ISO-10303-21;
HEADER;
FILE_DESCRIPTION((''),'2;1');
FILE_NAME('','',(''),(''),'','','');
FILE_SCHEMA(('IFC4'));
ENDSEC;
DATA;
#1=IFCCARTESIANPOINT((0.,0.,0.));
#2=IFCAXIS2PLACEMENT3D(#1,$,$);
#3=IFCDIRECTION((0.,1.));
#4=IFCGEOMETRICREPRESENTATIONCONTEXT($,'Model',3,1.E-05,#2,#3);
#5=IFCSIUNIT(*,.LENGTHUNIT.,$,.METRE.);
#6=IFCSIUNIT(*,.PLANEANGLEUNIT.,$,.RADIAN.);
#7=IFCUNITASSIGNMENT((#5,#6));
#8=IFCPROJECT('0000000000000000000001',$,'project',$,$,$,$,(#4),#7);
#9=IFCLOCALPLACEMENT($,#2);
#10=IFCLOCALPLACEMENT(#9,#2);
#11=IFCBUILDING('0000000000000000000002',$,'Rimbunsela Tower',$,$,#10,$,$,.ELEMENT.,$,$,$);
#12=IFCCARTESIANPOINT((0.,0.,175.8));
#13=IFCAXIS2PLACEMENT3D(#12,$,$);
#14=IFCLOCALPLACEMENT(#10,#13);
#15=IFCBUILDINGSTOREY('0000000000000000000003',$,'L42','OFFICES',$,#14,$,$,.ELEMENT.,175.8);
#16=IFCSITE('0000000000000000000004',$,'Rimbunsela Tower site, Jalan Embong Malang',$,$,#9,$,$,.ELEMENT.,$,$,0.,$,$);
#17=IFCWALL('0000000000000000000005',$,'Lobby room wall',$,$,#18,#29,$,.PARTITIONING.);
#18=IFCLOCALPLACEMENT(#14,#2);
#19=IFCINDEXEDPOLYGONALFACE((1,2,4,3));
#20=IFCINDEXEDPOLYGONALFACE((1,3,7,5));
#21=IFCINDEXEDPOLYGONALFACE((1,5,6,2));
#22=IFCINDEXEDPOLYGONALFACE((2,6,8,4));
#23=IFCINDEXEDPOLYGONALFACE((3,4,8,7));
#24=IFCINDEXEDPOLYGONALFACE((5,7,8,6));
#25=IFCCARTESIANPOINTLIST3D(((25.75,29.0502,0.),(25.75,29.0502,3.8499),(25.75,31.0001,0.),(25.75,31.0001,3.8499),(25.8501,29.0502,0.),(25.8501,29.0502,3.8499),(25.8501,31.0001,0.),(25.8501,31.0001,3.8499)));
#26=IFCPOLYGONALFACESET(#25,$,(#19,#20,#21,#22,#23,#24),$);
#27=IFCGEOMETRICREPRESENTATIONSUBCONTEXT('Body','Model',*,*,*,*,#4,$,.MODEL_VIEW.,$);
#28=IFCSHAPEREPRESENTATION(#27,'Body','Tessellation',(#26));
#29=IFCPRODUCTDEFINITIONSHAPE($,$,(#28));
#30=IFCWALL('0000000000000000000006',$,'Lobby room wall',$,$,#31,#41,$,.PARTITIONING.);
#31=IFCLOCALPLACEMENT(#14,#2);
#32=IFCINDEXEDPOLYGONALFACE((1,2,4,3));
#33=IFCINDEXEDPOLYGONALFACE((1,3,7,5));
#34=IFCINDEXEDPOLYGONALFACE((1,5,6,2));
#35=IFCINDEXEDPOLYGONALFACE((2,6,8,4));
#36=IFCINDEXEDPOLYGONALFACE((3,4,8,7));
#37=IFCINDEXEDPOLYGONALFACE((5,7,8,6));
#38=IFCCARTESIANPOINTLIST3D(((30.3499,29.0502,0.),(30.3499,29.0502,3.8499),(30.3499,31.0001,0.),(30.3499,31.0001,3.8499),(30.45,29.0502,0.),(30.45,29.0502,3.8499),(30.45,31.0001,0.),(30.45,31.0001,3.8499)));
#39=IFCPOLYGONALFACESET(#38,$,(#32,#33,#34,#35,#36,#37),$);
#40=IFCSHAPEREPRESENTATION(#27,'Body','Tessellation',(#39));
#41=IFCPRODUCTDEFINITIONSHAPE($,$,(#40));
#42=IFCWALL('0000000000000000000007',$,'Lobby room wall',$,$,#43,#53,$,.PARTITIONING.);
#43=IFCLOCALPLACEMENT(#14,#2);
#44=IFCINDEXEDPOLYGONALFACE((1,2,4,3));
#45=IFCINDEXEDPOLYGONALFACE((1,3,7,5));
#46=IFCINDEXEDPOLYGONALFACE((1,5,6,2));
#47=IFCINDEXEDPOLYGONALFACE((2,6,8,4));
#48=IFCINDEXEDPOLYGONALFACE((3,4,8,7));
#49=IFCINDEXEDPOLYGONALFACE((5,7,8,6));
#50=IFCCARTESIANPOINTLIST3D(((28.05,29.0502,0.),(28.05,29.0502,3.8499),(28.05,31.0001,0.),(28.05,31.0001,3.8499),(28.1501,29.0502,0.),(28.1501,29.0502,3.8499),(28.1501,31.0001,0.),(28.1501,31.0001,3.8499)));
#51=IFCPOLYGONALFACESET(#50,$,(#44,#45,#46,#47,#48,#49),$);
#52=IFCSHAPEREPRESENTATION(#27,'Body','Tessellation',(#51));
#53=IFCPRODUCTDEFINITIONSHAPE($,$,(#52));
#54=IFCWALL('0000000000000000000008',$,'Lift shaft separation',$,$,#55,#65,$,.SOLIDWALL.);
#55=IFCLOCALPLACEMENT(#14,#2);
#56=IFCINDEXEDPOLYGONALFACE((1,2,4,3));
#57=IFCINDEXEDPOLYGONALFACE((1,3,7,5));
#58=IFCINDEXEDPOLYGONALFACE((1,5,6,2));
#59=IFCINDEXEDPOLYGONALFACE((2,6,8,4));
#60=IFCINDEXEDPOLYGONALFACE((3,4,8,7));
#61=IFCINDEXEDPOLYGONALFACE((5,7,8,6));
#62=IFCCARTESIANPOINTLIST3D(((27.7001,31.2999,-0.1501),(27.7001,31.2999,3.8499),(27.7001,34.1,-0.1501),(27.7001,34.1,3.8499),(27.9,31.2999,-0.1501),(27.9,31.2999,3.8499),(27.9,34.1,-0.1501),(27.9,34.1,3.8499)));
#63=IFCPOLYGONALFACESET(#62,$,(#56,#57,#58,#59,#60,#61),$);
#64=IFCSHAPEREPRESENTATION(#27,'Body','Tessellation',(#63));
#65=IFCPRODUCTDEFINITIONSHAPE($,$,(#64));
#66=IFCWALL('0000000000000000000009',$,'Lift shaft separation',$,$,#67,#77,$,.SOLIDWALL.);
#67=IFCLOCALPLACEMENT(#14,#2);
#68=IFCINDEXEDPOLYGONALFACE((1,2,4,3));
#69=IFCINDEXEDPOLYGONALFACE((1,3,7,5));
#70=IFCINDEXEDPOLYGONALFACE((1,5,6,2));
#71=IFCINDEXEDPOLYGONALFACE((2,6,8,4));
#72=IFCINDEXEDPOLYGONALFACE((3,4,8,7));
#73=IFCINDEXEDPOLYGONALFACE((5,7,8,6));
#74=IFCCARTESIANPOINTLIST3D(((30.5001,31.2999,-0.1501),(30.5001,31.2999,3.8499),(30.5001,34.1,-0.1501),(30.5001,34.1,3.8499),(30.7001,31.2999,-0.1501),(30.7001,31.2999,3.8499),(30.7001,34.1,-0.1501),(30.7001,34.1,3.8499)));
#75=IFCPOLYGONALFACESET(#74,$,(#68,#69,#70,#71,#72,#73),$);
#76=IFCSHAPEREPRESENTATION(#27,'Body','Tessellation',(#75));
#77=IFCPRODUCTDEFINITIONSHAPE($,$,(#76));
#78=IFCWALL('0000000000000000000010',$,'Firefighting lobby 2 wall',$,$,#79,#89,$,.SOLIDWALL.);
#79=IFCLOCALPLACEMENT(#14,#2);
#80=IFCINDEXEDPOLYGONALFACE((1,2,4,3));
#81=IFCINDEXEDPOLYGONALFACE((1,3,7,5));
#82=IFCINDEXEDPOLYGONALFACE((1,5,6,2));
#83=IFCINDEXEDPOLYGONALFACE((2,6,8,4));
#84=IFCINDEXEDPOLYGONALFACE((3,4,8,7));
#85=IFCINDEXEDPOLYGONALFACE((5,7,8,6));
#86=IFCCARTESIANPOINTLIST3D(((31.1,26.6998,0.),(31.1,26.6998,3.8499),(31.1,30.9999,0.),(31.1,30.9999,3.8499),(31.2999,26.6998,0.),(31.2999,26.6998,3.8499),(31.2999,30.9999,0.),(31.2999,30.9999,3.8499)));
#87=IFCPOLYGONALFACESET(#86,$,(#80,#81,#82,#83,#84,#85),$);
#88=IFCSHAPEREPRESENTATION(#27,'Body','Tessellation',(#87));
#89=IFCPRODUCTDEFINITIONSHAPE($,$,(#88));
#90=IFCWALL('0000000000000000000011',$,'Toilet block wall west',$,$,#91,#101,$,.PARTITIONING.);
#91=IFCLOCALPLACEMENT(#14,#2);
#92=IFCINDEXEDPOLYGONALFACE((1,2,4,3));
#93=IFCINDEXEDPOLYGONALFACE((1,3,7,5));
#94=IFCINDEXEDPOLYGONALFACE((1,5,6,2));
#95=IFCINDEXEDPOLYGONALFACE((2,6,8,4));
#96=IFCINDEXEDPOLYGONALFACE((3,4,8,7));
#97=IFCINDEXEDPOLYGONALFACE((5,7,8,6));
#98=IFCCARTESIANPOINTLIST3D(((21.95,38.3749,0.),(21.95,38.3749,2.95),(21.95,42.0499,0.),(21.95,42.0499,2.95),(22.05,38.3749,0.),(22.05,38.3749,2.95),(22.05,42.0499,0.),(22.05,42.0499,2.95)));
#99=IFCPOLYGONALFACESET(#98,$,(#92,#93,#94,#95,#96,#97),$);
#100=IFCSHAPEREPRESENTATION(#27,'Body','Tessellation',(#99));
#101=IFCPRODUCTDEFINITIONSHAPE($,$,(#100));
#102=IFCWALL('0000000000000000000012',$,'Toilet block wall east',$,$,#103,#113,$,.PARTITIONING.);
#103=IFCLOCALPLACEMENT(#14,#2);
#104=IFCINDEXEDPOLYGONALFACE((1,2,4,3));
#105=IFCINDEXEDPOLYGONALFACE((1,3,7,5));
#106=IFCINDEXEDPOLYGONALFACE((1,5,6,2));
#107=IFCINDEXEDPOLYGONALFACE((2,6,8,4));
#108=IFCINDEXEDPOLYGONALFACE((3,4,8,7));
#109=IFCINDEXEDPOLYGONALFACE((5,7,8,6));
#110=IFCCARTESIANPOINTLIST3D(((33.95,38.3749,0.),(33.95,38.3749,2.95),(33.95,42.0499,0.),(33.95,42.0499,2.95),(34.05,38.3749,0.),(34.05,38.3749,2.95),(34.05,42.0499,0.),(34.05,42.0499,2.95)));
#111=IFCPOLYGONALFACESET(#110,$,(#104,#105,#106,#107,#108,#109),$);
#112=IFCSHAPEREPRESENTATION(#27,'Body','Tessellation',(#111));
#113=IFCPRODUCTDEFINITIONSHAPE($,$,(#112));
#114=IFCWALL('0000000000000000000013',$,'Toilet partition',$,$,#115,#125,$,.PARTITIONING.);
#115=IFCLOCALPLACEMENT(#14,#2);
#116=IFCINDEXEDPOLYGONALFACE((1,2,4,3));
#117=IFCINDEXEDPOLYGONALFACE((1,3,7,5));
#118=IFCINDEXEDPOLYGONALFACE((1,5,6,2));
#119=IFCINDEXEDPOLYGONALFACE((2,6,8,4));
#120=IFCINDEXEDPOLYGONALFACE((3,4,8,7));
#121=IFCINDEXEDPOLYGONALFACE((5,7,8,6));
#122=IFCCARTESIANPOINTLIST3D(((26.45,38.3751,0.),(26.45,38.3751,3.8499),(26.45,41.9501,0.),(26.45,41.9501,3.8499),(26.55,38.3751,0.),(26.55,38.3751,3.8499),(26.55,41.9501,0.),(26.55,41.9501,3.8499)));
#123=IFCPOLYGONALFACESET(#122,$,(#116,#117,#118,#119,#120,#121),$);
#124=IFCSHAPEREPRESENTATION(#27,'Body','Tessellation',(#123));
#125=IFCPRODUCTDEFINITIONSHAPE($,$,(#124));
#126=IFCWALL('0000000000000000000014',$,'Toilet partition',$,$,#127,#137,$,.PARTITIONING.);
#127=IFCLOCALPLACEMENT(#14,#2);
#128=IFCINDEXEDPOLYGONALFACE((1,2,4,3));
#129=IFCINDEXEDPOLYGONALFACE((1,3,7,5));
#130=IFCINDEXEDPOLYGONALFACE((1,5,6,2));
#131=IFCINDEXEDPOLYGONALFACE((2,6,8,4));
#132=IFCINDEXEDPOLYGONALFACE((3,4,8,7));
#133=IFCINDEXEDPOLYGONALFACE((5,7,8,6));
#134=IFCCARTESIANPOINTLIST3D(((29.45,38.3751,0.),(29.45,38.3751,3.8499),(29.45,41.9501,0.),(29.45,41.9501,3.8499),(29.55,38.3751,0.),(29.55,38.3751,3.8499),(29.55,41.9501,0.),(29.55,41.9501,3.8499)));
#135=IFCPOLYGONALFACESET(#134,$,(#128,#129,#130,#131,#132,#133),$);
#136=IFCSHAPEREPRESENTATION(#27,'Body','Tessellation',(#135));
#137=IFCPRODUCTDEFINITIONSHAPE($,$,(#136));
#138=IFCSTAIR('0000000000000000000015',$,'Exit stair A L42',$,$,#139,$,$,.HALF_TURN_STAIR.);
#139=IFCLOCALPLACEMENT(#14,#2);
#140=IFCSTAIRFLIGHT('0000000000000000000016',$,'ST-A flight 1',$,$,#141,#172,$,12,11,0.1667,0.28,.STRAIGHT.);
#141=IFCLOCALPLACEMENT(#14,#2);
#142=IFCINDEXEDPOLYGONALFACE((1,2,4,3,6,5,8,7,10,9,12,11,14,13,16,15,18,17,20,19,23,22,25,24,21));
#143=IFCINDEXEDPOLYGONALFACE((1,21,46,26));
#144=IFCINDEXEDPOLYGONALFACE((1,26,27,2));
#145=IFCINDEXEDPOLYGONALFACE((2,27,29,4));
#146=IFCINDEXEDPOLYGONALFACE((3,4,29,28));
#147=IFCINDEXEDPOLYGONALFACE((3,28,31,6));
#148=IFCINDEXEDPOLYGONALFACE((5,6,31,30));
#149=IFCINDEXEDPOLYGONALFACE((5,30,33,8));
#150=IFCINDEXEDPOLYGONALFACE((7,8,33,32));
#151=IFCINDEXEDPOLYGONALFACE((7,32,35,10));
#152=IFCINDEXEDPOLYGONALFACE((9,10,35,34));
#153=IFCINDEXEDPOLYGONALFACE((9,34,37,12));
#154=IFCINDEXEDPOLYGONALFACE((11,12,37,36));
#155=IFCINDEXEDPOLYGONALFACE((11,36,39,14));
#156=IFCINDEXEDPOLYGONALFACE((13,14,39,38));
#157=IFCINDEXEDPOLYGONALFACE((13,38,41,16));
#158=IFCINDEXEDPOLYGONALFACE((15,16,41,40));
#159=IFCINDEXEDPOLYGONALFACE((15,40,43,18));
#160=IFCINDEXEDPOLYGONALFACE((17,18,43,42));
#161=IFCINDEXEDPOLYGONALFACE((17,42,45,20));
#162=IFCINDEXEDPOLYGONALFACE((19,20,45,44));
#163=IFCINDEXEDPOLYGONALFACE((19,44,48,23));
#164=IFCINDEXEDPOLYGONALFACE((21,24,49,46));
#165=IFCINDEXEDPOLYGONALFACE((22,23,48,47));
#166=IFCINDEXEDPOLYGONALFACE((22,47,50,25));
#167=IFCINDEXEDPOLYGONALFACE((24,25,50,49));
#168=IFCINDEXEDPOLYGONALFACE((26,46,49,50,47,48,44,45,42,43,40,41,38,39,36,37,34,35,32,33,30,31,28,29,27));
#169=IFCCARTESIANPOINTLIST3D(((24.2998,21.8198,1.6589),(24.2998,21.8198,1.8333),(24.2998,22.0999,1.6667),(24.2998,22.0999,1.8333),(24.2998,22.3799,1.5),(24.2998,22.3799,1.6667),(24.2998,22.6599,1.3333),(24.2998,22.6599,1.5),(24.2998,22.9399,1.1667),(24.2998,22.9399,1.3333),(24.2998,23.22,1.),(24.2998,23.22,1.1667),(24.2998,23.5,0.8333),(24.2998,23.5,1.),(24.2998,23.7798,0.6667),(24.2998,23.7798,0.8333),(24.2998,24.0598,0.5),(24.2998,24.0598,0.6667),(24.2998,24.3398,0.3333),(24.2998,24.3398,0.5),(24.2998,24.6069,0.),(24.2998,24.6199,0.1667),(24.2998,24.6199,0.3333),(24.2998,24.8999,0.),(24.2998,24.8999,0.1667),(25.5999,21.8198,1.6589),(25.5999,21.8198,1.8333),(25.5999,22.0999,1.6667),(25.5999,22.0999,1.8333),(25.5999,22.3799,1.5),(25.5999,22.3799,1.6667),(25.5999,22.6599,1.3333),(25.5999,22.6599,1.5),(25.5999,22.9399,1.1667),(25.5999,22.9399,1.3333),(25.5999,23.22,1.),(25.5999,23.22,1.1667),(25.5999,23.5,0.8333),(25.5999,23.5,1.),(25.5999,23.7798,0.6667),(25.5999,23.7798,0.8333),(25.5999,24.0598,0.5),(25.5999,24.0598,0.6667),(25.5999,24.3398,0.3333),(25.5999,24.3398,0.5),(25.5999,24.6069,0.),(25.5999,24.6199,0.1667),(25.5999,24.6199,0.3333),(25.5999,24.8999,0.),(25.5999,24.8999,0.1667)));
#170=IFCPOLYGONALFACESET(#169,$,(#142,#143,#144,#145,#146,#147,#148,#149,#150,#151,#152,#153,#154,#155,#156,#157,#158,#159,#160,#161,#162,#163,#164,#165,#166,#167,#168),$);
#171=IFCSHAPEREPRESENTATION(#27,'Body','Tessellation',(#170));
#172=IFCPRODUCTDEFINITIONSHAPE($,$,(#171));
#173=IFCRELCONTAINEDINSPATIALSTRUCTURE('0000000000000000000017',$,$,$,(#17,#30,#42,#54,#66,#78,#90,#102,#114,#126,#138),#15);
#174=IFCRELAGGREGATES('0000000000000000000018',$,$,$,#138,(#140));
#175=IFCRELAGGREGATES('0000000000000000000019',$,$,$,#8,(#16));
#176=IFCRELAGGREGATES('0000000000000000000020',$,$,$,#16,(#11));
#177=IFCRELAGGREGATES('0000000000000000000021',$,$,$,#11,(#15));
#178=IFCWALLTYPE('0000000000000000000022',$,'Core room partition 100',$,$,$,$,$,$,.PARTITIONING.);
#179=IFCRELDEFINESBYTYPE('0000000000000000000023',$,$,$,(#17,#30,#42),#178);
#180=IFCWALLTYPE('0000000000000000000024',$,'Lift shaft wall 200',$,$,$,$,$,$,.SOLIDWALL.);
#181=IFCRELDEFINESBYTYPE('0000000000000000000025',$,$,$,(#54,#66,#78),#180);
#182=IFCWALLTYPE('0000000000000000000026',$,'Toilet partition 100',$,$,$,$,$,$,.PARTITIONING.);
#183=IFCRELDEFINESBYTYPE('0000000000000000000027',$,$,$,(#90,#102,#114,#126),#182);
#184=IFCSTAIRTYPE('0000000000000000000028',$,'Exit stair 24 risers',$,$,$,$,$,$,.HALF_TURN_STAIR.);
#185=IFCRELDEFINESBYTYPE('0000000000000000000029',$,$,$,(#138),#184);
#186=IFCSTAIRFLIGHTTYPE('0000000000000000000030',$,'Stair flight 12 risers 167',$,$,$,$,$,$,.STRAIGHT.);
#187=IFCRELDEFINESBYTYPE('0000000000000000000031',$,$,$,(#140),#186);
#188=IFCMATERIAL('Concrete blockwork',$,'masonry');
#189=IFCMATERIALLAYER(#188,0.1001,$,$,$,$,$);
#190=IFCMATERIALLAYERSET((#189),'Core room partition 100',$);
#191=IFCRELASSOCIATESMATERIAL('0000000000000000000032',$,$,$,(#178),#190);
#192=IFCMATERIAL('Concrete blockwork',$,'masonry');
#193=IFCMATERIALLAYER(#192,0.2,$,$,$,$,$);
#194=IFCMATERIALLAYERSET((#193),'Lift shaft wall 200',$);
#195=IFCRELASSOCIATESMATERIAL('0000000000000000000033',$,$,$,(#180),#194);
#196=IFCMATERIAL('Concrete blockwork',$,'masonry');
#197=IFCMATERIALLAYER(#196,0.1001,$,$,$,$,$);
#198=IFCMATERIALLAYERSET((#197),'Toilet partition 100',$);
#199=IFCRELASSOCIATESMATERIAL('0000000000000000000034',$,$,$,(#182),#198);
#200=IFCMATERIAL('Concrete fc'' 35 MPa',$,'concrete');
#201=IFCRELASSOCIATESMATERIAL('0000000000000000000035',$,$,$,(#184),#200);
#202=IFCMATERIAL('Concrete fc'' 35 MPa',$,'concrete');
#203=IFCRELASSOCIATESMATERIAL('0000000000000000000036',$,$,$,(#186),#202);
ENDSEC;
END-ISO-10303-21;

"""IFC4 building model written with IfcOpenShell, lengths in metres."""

from ifc_helpers import new_model, si_unit, direction, frame, frame_2d, origin, place, context, subcontext, project, spatial, polyline, rectangle, outline, extrude, material, layer, layer_set, type_object, element, aggregate, save


model = new_model("IFC4")

# Units and contexts
model_context = context("Model", 3, precision=1e-05, world=origin(), true_north=direction((0.0, 1.0)))
body_context = subcontext(model_context, "Body", "Model", "MODEL_VIEW")
ifc_project = project(units=[si_unit("LENGTHUNIT", "METRE"), si_unit("PLANEANGLEUNIT", "RADIAN")], contexts=[model_context])

# Site, building, storey
site_placement = place(None, origin())
site = spatial("IfcSite", under=ifc_project, at=site_placement, Name="Rimbunsela Tower site, Jalan Embong Malang", CompositionType="ELEMENT", RefElevation=0.0)
building_placement = place(site_placement, origin())
building = spatial("IfcBuilding", under=site, at=building_placement, Name="Rimbunsela Tower", CompositionType="ELEMENT")
storey_placement = place(building_placement, frame((0.0, 0.0, 175.8)))
storey = spatial("IfcBuildingStorey", under=building, at=storey_placement, Name="L42", Description="OFFICES", CompositionType="ELEMENT", Elevation=175.8)

# Shared definitions
ifc_material_1 = material(Name="Concrete blockwork", Category="masonry")
ifc_layer_1 = layer(ifc_material_1, 0.1001)
ifc_layer_set_1 = layer_set([ifc_layer_1], Name="Core room partition 100")
wall_type_1 = type_object("IfcWallType", Name="Core room partition 100", PredefinedType="PARTITIONING", material=ifc_layer_set_1)

# Walls
for number, where, z_axis, x_axis, name in (
    (1, (25.8, 29.05, 0.0), (0.0, 0.0, 1.0), (0.0, 1.0, 0.0), "Lobby room wall"),
    (2, (30.3999, 29.05, 0.0), (0.0, 0.0, 1.0), (0.0, 1.0, 0.0), "Lobby room wall"),
    (3, (28.1001, 29.05, 0.0), (0.0, 0.0, 1.0), (0.0, 1.0, 0.0), "Lobby room wall"),
):
    element("IfcWall", number, at=place(storey_placement, frame(where, z_axis=z_axis, x_axis=x_axis)), inside=storey, type_object=wall_type_1, Name=name, PredefinedType="PARTITIONING", context=body_context, shape_type="SweptSolid", body=[
        extrude(rectangle(XDim=1.95, YDim=0.1001, at=frame_2d((0.9751, 0.0))), origin(), (0.0, 0.0, 1.0), 3.8499),
    ])
ifc_material_2 = material(Name="Concrete blockwork", Category="masonry")
ifc_layer_2 = layer(ifc_material_2, 0.2)
ifc_layer_set_2 = layer_set([ifc_layer_2], Name="Lift shaft wall 200")
wall_type_2 = type_object("IfcWallType", Name="Lift shaft wall 200", PredefinedType="SOLIDWALL", material=ifc_layer_set_2)
for number, where, z_axis, x_axis, name in (
    (4, (27.8, 31.3, -0.1501), (0.0, 0.0, 1.0), (0.0, 1.0, 0.0), "Lift shaft separation"),
    (5, (30.6001, 31.3, -0.1501), (0.0, 0.0, 1.0), (0.0, 1.0, 0.0), "Lift shaft separation"),
):
    element("IfcWall", number, at=place(storey_placement, frame(where, z_axis=z_axis, x_axis=x_axis)), inside=storey, type_object=wall_type_2, Name=name, PredefinedType="SOLIDWALL", context=body_context, shape_type="SweptSolid", body=[
        extrude(rectangle(XDim=2.8, YDim=0.2, at=frame_2d((1.3999, 0.0))), origin(), (0.0, 0.0, 1.0), 4.0),
    ])
wall_1_placement = place(storey_placement, frame((31.2, 26.7, 0.0), z_axis=(0.0, 0.0, 1.0), x_axis=(0.0, 1.0, 0.0)))
element("IfcWall", 6, at=wall_1_placement, inside=storey, type_object=wall_type_2, Name="Firefighting lobby 2 wall", PredefinedType="SOLIDWALL", context=body_context, shape_type="SweptSolid", body=[
    extrude(rectangle(XDim=4.3, YDim=0.2, at=frame_2d((2.1499, 0.0))), origin(), (0.0, 0.0, 1.0), 3.8499),
])
ifc_material_3 = material(Name="Concrete blockwork", Category="masonry")
ifc_layer_3 = layer(ifc_material_3, 0.1001)
ifc_layer_set_3 = layer_set([ifc_layer_3], Name="Toilet partition 100")
wall_type_3 = type_object("IfcWallType", Name="Toilet partition 100", PredefinedType="PARTITIONING", material=ifc_layer_set_3)
for number, where, z_axis, x_axis, name in (
    (7, (22.0, 38.375, 0.0), (0.0, 0.0, 1.0), (0.0, 1.0, 0.0), "Toilet block wall west"),
    (8, (34.0, 38.375, 0.0), (0.0, 0.0, 1.0), (0.0, 1.0, 0.0), "Toilet block wall east"),
):
    element("IfcWall", number, at=place(storey_placement, frame(where, z_axis=z_axis, x_axis=x_axis)), inside=storey, type_object=wall_type_3, Name=name, PredefinedType="PARTITIONING", context=body_context, shape_type="SweptSolid", body=[
        extrude(rectangle(XDim=3.675, YDim=0.1001, at=frame_2d((1.8374, 0.0))), origin(), (0.0, 0.0, 1.0), 2.95),
    ])
for number, where, z_axis, x_axis, name in (
    (9, (26.5, 38.375, 0.0), (0.0, 0.0, 1.0), (0.0, 1.0, 0.0), "Toilet partition"),
    (10, (29.5, 38.375, 0.0), (0.0, 0.0, 1.0), (0.0, 1.0, 0.0), "Toilet partition"),
):
    element("IfcWall", number, at=place(storey_placement, frame(where, z_axis=z_axis, x_axis=x_axis)), inside=storey, type_object=wall_type_3, Name=name, PredefinedType="PARTITIONING", context=body_context, shape_type="SweptSolid", body=[
        extrude(rectangle(XDim=3.575, YDim=0.1001, at=frame_2d((1.7876, 0.0))), origin(), (0.0, 0.0, 1.0), 3.8499),
    ])

# Stair, stair flight
ifc_material_4 = material(Name="Concrete fc' 35 MPa", Category="concrete")
stair_type = type_object("IfcStairType", Name="Exit stair 24 risers", PredefinedType="HALF_TURN_STAIR", material=ifc_material_4)
stair_1_placement = place(storey_placement, origin())
stair_1 = element("IfcStair", 11, at=stair_1_placement, inside=storey, type_object=stair_type, Name="Exit stair A L42", PredefinedType="HALF_TURN_STAIR")
ifc_material_5 = material(Name="Concrete fc' 35 MPa", Category="concrete")
stair_flight_type = type_object("IfcStairFlightType", Name="Stair flight 12 risers 167", PredefinedType="STRAIGHT", material=ifc_material_5)
stair_flight_1_placement = place(storey_placement, frame((24.95, 24.8999, 0.0), z_axis=(0.0, 0.0, 1.0), x_axis=(0.0, -1.0, 0.0)))
stair_flight_1 = element("IfcStairFlight", 12, at=stair_flight_1_placement, type_object=stair_flight_type, Name="ST-A flight 1", NumberOfRisers=12, NumberOfTreads=11, PredefinedType="STRAIGHT", RiserHeight=0.1667, TreadLength=0.28, context=body_context, shape_type="SweptSolid", body=[
    extrude(outline(polyline([(0.0, 0.0), (0.0, 0.1667), (0.28, 0.1667), (0.28, 0.3333), (0.5601, 0.3333), (0.5601, 0.5), (0.8401, 0.5), (0.8401, 0.6667), (1.1201, 0.6667), (1.1201, 0.8333), (1.3999, 0.8333), (1.3999, 1.0), (1.6799, 1.0), (1.6799, 1.1667), (1.96, 1.1667), (1.96, 1.3333), (2.24, 1.3333), (2.24, 1.5), (2.52, 1.5), (2.52, 1.6667), (2.8, 1.6667), (2.8, 1.8333), (3.0801, 1.8333), (3.0801, 2.0), (3.0801, 1.6589), (0.293, 0.0), (0.0, 0.0)])), frame((0.0, 0.6499, 0.0), z_axis=(0.0, -1.0, 0.0), x_axis=(1.0, 0.0, 0.0)), (0.0, 0.0, 1.0), 1.3),
])
aggregate(stair_1, [stair_flight_1])

save(model, "model.ifc")
